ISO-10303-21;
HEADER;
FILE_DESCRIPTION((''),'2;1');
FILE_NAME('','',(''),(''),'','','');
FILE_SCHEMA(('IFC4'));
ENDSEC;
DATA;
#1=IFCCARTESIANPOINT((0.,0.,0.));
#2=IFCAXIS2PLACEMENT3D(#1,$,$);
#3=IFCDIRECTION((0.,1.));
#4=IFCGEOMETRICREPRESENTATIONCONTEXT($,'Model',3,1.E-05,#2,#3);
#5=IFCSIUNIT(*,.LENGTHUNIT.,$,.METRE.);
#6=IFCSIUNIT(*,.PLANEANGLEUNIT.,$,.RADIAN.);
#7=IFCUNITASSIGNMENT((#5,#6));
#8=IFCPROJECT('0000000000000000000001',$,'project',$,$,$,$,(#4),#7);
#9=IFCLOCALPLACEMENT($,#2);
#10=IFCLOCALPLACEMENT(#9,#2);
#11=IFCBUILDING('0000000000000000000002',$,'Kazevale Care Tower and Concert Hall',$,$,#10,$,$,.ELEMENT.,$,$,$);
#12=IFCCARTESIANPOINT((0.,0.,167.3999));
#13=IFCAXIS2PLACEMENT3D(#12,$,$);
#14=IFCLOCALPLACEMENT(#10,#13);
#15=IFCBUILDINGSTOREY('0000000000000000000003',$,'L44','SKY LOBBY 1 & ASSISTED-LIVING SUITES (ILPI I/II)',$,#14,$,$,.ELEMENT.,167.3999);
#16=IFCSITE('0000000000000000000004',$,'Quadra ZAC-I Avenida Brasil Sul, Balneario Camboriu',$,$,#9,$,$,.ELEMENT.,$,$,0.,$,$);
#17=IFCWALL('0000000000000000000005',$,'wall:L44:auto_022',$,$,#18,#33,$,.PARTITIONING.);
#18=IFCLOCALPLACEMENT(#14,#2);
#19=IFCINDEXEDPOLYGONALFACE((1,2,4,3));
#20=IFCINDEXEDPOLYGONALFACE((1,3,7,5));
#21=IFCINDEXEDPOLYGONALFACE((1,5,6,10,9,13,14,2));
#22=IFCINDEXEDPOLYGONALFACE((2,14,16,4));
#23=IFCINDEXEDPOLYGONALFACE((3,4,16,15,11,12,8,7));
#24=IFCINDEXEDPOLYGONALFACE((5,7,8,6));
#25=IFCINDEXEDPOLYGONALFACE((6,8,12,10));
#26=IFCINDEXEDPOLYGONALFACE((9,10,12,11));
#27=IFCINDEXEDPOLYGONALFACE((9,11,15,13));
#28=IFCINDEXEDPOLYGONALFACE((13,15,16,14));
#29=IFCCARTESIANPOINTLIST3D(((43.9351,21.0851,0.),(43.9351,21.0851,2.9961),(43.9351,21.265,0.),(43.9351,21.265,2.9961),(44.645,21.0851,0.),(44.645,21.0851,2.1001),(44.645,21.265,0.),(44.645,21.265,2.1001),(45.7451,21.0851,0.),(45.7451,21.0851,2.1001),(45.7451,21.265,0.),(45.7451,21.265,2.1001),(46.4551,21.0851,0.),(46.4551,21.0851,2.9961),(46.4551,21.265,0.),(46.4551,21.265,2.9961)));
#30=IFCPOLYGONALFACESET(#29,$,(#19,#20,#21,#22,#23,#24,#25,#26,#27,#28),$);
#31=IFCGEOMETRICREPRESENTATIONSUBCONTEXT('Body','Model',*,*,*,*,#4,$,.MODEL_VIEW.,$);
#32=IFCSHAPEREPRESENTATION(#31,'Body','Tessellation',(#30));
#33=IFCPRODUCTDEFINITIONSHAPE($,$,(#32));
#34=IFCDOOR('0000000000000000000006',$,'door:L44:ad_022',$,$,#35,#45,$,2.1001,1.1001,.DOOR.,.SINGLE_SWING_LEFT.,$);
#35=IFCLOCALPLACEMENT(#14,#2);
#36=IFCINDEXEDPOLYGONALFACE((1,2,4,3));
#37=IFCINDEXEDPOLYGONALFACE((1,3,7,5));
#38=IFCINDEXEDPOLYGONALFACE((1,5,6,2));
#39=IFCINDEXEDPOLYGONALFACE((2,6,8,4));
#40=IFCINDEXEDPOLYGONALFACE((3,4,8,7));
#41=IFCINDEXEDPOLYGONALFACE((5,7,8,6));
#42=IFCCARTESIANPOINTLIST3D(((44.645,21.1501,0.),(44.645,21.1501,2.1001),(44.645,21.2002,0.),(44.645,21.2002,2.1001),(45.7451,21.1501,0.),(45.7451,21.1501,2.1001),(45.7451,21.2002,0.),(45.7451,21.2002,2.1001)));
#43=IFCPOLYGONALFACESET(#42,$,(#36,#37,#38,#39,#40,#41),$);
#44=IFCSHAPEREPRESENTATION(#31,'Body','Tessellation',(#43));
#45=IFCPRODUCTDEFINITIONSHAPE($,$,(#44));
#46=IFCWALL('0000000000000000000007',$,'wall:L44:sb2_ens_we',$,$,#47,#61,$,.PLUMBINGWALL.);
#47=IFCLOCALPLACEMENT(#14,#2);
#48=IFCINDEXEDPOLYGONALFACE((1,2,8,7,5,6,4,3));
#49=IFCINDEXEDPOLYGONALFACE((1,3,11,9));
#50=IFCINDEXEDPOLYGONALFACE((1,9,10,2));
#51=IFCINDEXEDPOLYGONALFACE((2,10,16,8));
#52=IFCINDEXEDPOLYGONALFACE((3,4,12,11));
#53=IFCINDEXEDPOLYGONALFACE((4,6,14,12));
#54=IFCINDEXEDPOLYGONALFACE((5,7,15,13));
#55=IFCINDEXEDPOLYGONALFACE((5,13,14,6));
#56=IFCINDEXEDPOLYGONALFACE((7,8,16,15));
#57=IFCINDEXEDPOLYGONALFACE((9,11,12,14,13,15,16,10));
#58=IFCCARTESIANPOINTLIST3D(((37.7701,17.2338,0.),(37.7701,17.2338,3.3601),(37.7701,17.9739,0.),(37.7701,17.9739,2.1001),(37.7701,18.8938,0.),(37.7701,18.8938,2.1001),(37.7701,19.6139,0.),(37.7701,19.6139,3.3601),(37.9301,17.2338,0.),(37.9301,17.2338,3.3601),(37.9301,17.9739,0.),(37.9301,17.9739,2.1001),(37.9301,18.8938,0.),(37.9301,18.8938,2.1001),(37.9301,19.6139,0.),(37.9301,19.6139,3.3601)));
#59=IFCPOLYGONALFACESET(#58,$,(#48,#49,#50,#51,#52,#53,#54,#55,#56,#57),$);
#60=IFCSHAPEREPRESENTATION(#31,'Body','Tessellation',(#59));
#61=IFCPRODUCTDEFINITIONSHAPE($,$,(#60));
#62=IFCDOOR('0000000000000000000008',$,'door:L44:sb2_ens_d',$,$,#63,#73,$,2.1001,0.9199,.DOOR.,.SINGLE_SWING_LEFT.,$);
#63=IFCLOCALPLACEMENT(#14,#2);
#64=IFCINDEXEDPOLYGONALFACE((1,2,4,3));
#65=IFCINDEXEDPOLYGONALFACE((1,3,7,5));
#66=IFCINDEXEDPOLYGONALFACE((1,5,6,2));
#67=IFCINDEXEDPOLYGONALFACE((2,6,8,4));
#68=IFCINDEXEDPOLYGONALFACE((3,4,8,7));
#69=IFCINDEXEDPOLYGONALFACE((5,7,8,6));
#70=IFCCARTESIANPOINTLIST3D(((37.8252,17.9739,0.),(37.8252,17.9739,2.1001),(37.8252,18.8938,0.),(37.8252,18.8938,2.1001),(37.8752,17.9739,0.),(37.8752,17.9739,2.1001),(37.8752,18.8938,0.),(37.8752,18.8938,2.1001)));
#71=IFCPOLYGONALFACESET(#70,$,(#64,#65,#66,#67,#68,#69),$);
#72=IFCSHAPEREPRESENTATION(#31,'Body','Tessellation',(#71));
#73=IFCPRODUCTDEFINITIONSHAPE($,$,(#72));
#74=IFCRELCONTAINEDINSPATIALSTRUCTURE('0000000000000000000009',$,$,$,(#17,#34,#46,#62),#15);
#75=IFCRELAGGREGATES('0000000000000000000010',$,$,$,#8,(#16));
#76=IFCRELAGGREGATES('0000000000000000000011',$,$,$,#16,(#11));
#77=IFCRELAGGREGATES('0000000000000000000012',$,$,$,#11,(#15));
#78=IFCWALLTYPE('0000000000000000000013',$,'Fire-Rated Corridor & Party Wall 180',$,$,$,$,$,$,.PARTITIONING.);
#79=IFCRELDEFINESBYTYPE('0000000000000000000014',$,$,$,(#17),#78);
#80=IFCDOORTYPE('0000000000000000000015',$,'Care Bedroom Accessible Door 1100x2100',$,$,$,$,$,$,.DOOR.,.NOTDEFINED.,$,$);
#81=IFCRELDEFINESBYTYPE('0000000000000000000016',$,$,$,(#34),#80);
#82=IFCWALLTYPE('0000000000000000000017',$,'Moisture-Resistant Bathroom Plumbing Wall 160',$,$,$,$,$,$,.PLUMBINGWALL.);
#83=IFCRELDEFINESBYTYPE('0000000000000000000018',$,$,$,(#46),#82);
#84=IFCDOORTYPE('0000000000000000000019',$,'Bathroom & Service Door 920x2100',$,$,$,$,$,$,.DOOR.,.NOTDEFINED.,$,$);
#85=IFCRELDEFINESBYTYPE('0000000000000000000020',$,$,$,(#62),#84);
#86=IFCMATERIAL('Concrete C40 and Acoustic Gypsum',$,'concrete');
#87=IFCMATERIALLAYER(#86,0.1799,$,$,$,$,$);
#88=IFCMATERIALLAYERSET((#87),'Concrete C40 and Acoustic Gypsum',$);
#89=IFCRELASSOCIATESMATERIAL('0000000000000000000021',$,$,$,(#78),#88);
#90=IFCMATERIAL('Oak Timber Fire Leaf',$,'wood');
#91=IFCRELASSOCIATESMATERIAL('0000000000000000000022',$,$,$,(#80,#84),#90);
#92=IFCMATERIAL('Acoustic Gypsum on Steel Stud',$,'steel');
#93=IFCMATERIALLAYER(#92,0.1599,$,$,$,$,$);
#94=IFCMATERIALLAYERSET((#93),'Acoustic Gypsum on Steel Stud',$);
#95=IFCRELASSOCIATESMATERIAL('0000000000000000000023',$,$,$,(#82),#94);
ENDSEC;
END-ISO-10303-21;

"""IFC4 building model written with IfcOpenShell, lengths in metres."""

from ifc_helpers import new_model, si_unit, direction, frame, frame_2d, origin, place, context, subcontext, project, spatial, rectangle, extrude, material, layer, layer_set, type_object, element, fill, save


model = new_model("IFC4")

# Units and contexts
model_context = context("Model", 3, precision=1e-05, world=origin(), true_north=direction((0.0, 1.0)))
body_context = subcontext(model_context, "Body", "Model", "MODEL_VIEW")
ifc_project = project(units=[si_unit("LENGTHUNIT", "METRE"), si_unit("PLANEANGLEUNIT", "RADIAN")], contexts=[model_context])

# Site, building, storey
site_placement = place(None, origin())
site = spatial("IfcSite", under=ifc_project, at=site_placement, Name="Quadra ZAC-I Avenida Brasil Sul, Balneario Camboriu", CompositionType="ELEMENT", RefElevation=0.0)
building_placement = place(site_placement, origin())
building = spatial("IfcBuilding", under=site, at=building_placement, Name="Kazevale Care Tower and Concert Hall", CompositionType="ELEMENT")
storey_placement = place(building_placement, frame((0.0, 0.0, 167.3999)))
storey = spatial("IfcBuildingStorey", under=building, at=storey_placement, Name="L44", Description="SKY LOBBY 1 & ASSISTED-LIVING SUITES (ILPI I/II)", CompositionType="ELEMENT", Elevation=167.3999)

# Shared definitions
ifc_material_1 = material(Name="Acoustic Gypsum on Steel Stud", Category="steel")

# Walls, openings, doors
ifc_material_2 = material(Name="Concrete C40 and Acoustic Gypsum", Category="concrete")
ifc_layer_1 = layer(ifc_material_2, 0.1799)
ifc_layer_set_1 = layer_set([ifc_layer_1], Name="Concrete C40 and Acoustic Gypsum")
wall_type_1 = type_object("IfcWallType", Name="Fire-Rated Corridor & Party Wall 180", PredefinedType="PARTITIONING", material=ifc_layer_set_1)
ifc_material_3 = material(Name="Oak Timber Fire Leaf", Category="wood")
door_type_1 = type_object("IfcDoorType", Name="Care Bedroom Accessible Door 1100x2100", OperationType="NOTDEFINED", PredefinedType="DOOR", material=ifc_material_3)
wall_1_placement = place(storey_placement, frame((46.4551, 21.175, 0.0), z_axis=(0.0, 0.0, 1.0), x_axis=(-1.0, 0.0, 0.0)))
wall_1 = element("IfcWall", 1, at=wall_1_placement, inside=storey, type_object=wall_type_1, Name="wall:L44:auto_022", PredefinedType="PARTITIONING", context=body_context, shape_type="SweptSolid", body=[
    extrude(rectangle(XDim=2.52, YDim=0.1799, at=frame_2d((1.26, 0.0))), origin(), (0.0, 0.0, 1.0), 2.9961),
])
opening_1_placement = place(wall_1_placement, frame((0.71, 0.0, 0.0)))
opening_1 = element("IfcOpeningElement", 2, at=opening_1_placement, cuts=wall_1, PredefinedType="OPENING", context=body_context, shape_type="SweptSolid", body=[
    extrude(rectangle(XDim=1.1001, YDim=2.1001, at=frame_2d((0.55, 1.05))), frame((0.0, 0.0999, 0.0), z_axis=(0.0, -1.0, 0.0), x_axis=(1.0, 0.0, 0.0)), (0.0, 0.0, 1.0), 0.2),
])
door_1_placement = place(opening_1_placement, origin())
door_1 = element("IfcDoor", 3, at=door_1_placement, inside=storey, type_object=door_type_1, Name="door:L44:ad_022", OperationType="SINGLE_SWING_LEFT", OverallHeight=2.1001, OverallWidth=1.1001, PredefinedType="DOOR", context=body_context, shape_type="SweptSolid", body=[
    extrude(rectangle(XDim=1.1001, YDim=2.1001, at=frame_2d((0.55, 1.05))), frame((0.0, 0.0249, 0.0), z_axis=(0.0, -1.0, 0.0), x_axis=(1.0, 0.0, 0.0)), (0.0, 0.0, 1.0), 0.05),
])
fill(opening_1, door_1)
ifc_layer_2 = layer(ifc_material_1, 0.1599)
ifc_layer_set_2 = layer_set([ifc_layer_2], Name="Acoustic Gypsum on Steel Stud")
wall_type_2 = type_object("IfcWallType", Name="Moisture-Resistant Bathroom Plumbing Wall 160", PredefinedType="PLUMBINGWALL", material=ifc_layer_set_2)
wall_2_placement = place(storey_placement, frame((37.8501, 17.2339, 0.0), z_axis=(0.0, 0.0, 1.0), x_axis=(0.0, 1.0, 0.0)))
wall_2 = element("IfcWall", 4, at=wall_2_placement, inside=storey, type_object=wall_type_2, Name="wall:L44:sb2_ens_we", PredefinedType="PLUMBINGWALL", context=body_context, shape_type="SweptSolid", body=[
    extrude(rectangle(XDim=2.3801, YDim=0.1599, at=frame_2d((1.1899, 0.0))), origin(), (0.0, 0.0, 1.0), 3.3601),
])
opening_2_placement = place(wall_2_placement, frame((0.74, 0.0, 0.0)))
opening_2 = element("IfcOpeningElement", 5, at=opening_2_placement, cuts=wall_2, PredefinedType="OPENING", context=body_context, shape_type="SweptSolid", body=[
    extrude(rectangle(XDim=0.9199, YDim=2.1001, at=frame_2d((0.46, 1.05))), frame((0.0, 0.0898, 0.0), z_axis=(0.0, -1.0, 0.0), x_axis=(1.0, 0.0, 0.0)), (0.0, 0.0, 1.0), 0.1799),
])
door_type_2 = type_object("IfcDoorType", Name="Bathroom & Service Door 920x2100", OperationType="NOTDEFINED", PredefinedType="DOOR", material=ifc_material_3)
door_2_placement = place(opening_2_placement, origin())
door_2 = element("IfcDoor", 6, at=door_2_placement, inside=storey, type_object=door_type_2, Name="door:L44:sb2_ens_d", OperationType="SINGLE_SWING_LEFT", OverallHeight=2.1001, OverallWidth=0.9199, PredefinedType="DOOR", context=body_context, shape_type="SweptSolid", body=[
    extrude(rectangle(XDim=0.9199, YDim=2.1001, at=frame_2d((0.46, 1.05))), frame((0.0, 0.0249, 0.0), z_axis=(0.0, -1.0, 0.0), x_axis=(1.0, 0.0, 0.0)), (0.0, 0.0, 1.0), 0.05),
])
fill(opening_2, door_2)

save(model, "model.ifc")
